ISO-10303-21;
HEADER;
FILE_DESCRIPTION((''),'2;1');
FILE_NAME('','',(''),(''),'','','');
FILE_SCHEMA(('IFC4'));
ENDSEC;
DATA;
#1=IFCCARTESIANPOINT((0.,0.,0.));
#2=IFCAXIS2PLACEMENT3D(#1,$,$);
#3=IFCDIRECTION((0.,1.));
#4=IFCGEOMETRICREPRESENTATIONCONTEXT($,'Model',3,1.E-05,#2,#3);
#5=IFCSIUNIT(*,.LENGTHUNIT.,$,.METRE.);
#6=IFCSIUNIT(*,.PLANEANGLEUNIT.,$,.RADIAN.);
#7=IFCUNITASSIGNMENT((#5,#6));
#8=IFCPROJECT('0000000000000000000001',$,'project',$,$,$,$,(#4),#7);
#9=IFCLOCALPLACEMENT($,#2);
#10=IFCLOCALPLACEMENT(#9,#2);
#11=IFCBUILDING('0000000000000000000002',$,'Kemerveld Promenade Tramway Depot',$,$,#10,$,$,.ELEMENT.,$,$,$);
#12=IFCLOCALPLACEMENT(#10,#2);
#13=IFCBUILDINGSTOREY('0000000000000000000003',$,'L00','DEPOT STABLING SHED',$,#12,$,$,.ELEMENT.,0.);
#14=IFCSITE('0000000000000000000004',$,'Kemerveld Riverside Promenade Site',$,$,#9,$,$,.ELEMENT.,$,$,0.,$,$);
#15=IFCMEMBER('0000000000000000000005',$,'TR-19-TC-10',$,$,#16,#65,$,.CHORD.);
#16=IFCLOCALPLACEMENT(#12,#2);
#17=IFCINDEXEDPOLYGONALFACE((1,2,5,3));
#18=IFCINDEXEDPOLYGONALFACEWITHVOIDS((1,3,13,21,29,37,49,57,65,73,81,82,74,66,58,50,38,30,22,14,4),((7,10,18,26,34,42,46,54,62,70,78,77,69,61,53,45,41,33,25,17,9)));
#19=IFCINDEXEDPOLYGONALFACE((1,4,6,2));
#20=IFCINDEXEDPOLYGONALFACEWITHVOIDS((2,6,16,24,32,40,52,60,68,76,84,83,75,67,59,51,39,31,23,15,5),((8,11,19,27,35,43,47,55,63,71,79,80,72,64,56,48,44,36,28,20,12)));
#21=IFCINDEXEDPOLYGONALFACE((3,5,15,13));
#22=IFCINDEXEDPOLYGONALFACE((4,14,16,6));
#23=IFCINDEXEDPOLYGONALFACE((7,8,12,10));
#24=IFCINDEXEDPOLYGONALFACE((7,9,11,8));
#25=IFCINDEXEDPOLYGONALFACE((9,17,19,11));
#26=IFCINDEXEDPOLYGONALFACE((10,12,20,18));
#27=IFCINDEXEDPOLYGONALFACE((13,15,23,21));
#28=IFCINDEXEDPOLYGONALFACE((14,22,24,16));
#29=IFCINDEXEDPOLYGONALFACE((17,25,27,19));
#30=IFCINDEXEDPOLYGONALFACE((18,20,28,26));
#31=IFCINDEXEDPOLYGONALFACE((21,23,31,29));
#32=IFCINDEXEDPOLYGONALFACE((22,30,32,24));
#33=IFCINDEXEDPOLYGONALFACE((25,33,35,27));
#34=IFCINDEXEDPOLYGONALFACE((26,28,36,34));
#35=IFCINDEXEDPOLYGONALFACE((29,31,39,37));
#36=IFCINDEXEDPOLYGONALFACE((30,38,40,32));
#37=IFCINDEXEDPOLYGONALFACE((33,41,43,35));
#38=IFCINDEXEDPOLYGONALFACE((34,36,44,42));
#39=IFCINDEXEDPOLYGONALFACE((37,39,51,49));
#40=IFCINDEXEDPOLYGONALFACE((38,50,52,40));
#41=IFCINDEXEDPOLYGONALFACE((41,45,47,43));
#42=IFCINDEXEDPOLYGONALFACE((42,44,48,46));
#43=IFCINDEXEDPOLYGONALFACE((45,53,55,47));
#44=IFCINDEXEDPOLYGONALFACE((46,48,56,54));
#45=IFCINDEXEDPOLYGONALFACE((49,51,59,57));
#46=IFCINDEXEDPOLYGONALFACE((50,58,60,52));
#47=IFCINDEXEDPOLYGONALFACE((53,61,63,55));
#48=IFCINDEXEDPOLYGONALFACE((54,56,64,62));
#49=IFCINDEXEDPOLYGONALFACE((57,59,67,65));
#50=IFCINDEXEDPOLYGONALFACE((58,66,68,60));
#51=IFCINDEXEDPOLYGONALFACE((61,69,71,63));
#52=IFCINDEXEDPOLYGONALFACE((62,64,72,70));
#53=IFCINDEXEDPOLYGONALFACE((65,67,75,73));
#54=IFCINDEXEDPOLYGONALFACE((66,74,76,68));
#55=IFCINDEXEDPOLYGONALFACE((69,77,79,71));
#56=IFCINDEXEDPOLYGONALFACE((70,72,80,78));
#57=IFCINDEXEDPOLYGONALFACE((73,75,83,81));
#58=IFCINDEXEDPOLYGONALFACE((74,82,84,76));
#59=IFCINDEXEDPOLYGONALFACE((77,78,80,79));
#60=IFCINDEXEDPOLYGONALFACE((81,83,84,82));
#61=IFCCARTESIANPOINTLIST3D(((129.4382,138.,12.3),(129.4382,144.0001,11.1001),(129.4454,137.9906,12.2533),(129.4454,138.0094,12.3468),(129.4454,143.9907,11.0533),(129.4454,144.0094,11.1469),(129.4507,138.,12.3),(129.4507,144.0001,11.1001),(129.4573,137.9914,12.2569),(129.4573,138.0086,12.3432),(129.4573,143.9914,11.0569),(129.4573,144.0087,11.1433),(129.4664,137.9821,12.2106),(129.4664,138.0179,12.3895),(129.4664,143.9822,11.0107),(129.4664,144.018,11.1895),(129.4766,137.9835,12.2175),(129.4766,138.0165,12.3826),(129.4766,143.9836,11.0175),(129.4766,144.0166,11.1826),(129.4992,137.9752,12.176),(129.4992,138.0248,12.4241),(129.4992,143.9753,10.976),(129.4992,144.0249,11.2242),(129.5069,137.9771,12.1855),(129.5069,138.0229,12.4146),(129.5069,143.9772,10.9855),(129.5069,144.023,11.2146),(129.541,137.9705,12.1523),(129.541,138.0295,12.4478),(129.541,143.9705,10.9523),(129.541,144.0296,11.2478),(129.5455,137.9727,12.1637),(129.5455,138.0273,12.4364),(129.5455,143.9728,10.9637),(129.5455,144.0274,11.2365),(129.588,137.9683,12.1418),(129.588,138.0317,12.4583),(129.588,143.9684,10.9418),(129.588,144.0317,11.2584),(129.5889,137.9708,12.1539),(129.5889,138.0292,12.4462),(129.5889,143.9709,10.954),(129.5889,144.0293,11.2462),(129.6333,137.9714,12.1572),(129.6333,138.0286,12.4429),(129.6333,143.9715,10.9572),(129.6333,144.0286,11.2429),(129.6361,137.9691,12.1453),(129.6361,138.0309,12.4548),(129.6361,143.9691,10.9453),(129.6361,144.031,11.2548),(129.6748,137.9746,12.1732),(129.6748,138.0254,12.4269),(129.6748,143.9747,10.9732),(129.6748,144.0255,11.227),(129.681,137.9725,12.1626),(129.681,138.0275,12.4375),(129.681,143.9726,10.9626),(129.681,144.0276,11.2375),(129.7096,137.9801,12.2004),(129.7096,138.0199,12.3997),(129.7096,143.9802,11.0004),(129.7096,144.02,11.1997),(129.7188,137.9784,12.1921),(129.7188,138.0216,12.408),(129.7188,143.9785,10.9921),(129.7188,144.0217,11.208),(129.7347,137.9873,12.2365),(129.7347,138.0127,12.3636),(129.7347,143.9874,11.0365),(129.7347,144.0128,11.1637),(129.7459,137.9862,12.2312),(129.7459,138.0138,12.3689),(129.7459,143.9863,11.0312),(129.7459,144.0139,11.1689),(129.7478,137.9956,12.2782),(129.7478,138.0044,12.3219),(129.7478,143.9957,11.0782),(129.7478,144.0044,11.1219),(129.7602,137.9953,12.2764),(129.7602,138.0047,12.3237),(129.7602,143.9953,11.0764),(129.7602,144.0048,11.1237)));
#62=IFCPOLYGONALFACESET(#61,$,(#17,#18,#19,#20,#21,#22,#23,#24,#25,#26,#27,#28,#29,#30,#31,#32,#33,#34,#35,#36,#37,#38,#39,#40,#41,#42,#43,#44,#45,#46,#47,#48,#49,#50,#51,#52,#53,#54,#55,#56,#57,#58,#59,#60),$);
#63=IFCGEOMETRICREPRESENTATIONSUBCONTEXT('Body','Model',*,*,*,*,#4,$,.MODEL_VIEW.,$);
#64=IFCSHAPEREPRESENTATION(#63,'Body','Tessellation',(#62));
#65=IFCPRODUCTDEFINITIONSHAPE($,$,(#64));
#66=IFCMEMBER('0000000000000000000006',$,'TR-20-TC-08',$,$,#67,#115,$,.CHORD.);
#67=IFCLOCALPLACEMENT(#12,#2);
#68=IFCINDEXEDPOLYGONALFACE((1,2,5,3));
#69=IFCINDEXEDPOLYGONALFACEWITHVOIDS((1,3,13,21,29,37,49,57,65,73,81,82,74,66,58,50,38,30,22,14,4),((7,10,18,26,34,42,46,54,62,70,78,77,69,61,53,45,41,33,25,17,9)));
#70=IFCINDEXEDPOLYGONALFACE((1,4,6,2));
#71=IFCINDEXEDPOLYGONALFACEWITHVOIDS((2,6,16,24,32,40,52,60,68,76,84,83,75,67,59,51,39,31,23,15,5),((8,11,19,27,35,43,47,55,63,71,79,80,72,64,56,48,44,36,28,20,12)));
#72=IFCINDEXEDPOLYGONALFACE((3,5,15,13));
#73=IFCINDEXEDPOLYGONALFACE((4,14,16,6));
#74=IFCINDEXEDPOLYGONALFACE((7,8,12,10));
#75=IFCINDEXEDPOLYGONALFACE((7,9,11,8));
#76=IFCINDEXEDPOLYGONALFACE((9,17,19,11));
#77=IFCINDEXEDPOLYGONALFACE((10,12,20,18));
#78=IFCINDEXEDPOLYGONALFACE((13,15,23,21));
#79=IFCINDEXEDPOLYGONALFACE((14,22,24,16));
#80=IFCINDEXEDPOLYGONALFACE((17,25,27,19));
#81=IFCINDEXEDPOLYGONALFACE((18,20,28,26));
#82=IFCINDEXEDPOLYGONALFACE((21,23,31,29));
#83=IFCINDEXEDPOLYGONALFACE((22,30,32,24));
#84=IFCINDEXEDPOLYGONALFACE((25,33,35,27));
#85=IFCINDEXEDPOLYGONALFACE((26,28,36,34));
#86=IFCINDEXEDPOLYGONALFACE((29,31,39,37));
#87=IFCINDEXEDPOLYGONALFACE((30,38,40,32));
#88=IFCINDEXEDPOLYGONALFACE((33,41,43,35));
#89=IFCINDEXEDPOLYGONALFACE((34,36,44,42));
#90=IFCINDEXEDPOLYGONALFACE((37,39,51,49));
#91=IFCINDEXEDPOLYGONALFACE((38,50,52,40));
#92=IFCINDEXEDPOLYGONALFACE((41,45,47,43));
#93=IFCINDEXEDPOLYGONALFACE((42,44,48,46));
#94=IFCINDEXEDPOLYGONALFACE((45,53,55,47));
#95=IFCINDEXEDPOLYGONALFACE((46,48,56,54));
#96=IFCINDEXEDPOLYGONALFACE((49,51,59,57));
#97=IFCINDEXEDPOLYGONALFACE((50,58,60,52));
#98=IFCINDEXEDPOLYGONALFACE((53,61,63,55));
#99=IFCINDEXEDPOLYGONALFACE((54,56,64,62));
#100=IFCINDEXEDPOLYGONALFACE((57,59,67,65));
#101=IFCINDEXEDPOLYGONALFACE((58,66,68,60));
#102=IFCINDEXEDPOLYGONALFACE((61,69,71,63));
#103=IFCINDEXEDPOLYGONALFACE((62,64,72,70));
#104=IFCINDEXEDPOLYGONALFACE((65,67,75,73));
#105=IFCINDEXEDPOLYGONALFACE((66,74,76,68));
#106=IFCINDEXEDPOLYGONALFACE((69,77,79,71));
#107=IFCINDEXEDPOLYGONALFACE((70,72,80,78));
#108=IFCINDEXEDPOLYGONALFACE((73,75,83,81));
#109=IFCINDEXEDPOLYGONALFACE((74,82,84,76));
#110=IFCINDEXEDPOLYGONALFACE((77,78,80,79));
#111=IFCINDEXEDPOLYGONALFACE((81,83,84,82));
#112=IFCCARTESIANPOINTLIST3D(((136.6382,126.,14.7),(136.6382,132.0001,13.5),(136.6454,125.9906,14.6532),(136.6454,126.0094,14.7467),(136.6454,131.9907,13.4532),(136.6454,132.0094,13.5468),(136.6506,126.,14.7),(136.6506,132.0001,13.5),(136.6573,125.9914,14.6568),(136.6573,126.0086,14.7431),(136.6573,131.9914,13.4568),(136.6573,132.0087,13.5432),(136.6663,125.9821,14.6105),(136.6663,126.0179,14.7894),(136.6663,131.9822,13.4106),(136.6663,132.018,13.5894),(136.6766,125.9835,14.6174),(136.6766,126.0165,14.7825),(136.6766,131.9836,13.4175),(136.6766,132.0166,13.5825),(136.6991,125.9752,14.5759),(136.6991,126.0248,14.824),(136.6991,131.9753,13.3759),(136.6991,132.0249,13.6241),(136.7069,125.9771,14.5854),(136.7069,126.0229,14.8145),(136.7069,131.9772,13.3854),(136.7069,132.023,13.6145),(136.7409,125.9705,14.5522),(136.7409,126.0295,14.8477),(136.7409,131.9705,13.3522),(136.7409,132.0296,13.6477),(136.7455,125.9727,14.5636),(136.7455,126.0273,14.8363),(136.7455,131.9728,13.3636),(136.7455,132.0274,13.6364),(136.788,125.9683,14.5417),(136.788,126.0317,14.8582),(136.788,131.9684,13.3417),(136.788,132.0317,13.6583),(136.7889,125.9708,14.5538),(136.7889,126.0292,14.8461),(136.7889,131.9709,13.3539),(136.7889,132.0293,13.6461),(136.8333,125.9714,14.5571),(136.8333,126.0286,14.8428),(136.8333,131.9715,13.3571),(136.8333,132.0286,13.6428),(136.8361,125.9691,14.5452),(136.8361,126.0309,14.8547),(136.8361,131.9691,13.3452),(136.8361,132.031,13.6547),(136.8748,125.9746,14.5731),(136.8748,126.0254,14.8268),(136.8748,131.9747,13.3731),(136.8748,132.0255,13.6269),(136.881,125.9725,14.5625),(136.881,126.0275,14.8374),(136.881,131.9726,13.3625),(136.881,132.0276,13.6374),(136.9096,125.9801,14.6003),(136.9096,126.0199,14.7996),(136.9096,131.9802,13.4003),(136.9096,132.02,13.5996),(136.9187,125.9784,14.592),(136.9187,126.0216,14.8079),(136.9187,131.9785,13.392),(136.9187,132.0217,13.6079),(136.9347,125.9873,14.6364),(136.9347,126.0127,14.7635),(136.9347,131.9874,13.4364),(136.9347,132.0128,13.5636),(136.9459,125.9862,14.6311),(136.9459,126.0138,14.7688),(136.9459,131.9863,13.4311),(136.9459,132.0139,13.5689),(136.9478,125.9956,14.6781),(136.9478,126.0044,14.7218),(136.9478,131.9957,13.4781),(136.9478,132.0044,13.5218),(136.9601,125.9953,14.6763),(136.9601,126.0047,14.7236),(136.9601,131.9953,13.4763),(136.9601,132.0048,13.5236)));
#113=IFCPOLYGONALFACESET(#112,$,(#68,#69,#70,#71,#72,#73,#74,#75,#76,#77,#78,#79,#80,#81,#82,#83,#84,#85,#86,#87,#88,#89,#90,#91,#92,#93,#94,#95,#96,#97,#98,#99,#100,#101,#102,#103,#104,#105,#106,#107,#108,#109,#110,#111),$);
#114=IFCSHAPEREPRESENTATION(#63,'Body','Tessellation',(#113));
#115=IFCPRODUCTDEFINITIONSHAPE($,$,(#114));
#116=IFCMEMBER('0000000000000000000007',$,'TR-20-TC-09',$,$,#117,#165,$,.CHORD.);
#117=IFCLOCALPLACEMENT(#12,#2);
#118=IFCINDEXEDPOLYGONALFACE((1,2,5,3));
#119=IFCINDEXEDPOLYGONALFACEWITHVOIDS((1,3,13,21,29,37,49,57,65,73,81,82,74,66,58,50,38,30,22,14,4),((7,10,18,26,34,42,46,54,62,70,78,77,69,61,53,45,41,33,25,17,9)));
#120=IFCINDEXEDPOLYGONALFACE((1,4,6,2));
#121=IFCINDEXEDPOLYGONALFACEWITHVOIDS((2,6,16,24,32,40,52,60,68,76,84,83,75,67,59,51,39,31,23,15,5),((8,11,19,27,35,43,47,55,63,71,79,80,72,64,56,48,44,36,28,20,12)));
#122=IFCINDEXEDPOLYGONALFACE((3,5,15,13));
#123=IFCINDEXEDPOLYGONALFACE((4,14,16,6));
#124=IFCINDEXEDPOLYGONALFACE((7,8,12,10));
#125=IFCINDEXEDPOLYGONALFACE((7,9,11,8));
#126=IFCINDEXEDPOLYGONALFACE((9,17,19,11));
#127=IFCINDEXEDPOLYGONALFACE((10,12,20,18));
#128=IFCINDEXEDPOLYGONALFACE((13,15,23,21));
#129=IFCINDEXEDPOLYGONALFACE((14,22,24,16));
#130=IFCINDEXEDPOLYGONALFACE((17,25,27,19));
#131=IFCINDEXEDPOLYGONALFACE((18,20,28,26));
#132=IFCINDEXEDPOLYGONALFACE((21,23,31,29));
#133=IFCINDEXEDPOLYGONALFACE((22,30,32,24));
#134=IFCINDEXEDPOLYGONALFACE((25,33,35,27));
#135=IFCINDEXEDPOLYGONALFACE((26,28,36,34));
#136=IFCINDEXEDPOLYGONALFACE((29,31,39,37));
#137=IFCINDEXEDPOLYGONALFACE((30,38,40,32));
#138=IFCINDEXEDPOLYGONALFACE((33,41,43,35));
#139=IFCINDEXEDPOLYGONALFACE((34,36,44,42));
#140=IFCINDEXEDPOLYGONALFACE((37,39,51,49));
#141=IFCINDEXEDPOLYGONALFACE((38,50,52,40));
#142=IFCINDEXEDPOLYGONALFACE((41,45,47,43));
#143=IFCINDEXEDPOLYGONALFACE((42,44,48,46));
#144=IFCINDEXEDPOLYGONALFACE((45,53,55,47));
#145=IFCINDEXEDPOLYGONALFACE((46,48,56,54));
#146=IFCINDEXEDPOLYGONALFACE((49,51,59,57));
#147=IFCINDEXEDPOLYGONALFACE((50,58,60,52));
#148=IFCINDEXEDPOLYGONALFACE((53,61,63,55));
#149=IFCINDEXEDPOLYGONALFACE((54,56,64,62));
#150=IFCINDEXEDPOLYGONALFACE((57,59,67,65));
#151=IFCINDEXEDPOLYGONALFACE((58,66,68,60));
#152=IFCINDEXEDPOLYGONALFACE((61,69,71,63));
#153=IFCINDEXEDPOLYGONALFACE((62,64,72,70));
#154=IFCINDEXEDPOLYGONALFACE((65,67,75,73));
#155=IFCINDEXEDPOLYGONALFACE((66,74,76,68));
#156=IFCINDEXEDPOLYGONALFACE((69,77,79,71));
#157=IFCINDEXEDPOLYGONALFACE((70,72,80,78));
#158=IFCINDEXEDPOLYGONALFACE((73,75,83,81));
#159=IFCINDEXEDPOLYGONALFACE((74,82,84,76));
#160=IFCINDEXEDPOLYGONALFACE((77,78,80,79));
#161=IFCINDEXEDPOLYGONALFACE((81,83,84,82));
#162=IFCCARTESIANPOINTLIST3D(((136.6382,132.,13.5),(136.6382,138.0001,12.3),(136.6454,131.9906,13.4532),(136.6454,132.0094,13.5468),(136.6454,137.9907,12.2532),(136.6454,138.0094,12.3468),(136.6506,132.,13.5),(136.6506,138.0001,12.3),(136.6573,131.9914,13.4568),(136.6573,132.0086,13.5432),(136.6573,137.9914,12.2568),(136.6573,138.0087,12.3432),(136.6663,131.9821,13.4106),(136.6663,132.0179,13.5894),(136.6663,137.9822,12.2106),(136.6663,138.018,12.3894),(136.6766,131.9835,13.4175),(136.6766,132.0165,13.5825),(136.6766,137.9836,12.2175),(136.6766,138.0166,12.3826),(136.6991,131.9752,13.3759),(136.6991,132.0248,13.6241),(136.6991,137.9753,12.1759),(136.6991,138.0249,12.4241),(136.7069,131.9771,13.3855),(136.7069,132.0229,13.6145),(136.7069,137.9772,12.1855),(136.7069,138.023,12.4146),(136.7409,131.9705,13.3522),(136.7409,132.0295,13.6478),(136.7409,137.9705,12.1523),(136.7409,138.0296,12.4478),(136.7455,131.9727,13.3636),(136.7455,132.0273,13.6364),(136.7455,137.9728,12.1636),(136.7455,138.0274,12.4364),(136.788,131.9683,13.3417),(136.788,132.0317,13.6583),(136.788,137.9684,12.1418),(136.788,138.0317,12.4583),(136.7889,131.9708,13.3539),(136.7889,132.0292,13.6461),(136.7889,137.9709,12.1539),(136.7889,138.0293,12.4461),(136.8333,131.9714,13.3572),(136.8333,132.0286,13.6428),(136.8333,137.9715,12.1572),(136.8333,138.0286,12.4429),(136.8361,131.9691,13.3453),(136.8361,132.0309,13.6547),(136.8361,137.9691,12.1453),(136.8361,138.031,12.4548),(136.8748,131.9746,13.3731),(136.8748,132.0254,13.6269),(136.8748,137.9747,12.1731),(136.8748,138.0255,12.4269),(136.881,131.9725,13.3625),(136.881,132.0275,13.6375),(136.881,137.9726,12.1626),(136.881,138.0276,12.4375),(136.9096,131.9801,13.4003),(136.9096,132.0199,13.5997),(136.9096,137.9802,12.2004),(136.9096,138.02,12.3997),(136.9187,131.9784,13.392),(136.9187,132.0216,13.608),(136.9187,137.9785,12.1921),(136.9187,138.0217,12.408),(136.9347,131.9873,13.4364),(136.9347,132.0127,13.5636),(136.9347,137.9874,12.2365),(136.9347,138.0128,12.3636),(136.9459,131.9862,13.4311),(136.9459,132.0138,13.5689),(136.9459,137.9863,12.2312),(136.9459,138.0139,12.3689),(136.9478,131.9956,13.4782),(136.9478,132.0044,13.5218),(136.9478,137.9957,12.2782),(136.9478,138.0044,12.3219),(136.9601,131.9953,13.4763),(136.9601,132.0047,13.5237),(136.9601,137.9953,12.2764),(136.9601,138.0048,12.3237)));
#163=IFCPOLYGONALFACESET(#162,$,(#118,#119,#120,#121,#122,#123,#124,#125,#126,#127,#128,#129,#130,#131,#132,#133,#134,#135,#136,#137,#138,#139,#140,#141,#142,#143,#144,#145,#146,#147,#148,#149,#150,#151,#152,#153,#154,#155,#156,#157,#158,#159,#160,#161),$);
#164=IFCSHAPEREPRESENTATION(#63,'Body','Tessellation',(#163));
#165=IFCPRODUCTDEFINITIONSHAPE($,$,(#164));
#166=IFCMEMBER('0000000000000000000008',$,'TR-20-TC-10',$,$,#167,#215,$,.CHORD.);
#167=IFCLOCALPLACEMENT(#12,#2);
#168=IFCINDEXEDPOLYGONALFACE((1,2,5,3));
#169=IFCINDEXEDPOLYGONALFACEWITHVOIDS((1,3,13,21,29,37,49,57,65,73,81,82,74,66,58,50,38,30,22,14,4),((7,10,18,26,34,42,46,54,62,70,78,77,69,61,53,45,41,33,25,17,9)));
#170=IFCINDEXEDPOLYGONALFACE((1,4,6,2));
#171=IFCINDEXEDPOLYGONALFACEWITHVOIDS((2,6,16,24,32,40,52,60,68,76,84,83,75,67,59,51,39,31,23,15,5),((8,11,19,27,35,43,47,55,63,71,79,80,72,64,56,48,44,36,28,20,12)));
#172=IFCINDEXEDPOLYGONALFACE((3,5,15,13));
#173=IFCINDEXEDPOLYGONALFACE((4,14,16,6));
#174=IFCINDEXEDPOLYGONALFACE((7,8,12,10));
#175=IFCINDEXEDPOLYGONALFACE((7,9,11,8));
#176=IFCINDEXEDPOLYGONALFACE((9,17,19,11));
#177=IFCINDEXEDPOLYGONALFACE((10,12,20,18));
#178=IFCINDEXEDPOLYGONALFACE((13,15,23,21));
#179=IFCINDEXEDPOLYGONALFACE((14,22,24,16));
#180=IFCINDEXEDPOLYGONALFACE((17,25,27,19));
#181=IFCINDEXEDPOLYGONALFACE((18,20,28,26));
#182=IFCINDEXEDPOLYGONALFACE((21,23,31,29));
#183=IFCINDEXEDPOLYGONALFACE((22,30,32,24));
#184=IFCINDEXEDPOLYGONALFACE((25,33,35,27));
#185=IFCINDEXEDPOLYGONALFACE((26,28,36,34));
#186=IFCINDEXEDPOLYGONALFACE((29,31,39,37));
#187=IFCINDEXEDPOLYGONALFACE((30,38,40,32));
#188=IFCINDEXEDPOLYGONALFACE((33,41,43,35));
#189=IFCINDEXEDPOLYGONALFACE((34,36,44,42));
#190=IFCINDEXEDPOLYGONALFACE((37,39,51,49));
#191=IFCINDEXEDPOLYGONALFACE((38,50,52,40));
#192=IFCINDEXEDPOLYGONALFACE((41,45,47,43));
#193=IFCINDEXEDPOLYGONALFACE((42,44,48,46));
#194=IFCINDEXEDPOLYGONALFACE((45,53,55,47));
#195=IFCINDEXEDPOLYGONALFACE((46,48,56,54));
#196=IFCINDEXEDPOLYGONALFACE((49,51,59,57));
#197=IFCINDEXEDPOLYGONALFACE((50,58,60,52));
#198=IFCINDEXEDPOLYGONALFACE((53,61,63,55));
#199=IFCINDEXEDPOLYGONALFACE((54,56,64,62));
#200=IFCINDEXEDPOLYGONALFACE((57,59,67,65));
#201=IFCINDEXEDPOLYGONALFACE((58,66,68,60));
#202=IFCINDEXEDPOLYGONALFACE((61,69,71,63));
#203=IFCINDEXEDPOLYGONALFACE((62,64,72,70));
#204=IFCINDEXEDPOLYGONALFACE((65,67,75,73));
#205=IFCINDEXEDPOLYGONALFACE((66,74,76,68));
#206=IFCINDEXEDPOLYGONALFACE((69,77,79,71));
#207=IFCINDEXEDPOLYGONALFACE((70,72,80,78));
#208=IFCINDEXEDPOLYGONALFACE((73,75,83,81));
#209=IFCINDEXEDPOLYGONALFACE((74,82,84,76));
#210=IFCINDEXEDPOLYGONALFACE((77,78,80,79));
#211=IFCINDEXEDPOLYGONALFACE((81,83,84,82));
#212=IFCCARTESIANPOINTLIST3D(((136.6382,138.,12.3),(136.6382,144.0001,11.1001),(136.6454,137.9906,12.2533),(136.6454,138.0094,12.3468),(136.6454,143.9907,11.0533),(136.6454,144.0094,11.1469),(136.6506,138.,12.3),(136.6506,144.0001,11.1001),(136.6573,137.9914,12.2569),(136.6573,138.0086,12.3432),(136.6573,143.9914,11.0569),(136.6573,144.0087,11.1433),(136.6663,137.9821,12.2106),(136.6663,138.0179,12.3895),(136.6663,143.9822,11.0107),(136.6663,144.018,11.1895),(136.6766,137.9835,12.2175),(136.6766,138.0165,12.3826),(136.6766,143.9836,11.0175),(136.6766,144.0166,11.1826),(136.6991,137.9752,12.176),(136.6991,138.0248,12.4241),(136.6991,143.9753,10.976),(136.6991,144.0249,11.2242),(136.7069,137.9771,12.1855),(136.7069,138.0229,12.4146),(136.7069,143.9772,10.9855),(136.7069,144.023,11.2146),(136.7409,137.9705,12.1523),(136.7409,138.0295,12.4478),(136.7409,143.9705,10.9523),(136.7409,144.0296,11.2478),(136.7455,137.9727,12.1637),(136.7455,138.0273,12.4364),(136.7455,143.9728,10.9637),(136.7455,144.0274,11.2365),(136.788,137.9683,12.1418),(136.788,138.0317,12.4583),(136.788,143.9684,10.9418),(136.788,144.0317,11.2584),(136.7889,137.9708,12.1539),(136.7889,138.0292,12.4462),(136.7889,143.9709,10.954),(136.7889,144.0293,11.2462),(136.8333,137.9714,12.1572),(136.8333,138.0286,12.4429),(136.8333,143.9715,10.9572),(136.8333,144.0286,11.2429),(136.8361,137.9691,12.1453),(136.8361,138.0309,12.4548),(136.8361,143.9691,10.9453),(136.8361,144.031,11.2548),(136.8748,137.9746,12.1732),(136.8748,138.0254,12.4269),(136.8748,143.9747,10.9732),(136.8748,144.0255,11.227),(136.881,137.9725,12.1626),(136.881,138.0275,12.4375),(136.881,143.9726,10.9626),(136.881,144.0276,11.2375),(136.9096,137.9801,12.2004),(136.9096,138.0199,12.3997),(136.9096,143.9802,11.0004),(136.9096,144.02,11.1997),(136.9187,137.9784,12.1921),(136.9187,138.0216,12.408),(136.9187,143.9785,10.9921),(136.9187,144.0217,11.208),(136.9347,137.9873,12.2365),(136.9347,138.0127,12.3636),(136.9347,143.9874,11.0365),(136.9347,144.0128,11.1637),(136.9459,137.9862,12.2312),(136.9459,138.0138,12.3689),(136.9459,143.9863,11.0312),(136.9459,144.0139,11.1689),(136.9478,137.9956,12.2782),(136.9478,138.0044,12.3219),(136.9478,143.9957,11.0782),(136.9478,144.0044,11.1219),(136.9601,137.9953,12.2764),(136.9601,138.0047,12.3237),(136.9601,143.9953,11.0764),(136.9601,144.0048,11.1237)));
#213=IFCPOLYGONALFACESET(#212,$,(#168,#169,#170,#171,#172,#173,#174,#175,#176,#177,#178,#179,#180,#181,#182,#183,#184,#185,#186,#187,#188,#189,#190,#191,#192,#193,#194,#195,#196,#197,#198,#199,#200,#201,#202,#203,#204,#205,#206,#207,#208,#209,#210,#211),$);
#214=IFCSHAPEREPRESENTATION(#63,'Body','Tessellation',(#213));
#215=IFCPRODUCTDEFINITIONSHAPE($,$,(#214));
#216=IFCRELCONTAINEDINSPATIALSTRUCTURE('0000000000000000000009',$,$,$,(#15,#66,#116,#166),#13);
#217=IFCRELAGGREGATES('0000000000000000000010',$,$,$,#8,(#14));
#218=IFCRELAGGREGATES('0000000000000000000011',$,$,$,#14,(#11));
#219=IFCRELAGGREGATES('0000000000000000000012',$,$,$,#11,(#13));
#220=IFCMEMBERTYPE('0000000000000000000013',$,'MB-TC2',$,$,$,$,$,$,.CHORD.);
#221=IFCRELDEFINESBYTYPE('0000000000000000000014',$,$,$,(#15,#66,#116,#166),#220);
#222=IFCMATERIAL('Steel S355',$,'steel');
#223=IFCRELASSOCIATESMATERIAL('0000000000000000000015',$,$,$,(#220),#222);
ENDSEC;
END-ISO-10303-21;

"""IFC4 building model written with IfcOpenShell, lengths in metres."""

from ifc_helpers import new_model, si_unit, direction, frame, origin, origin_2d, place, context, subcontext, project, spatial, hollow_circle, extrude, material, material_profile, profile_set, type_object, element, save


model = new_model("IFC4")

# Units and contexts
model_context = context("Model", 3, precision=1e-05, world=origin(), true_north=direction((0.0, 1.0)))
body_context = subcontext(model_context, "Body", "Model", "MODEL_VIEW")
ifc_project = project(units=[si_unit("LENGTHUNIT", "METRE"), si_unit("PLANEANGLEUNIT", "RADIAN")], contexts=[model_context])

# Site, building, storey
site_placement = place(None, origin())
site = spatial("IfcSite", under=ifc_project, at=site_placement, Name="Kemerveld Riverside Promenade Site", CompositionType="ELEMENT", RefElevation=0.0)
building_placement = place(site_placement, origin())
building = spatial("IfcBuilding", under=site, at=building_placement, Name="Kemerveld Promenade Tramway Depot", CompositionType="ELEMENT")
storey_placement = place(building_placement, origin())
storey = spatial("IfcBuildingStorey", under=building, at=storey_placement, Name="L00", Description="DEPOT STABLING SHED", CompositionType="ELEMENT", Elevation=0.0)

# Members
ifc_material = material(Name="Steel S355", Category="steel")
ifc_material_profile_1 = material_profile(ifc_material, hollow_circle(Radius=0.1619, WallThickness=0.0125, at=origin_2d()), Name="323.9x12.5 CHS")
ifc_profile_set_1 = profile_set([ifc_material_profile_1], Name="Steel S355")
member_type_1 = type_object("IfcMemberType", Name="MB-TC2", PredefinedType="CHORD", material=ifc_profile_set_1)
for number, where, z_axis, x_axis, name in (
    (1, (129.6001, 138.0, 12.3), (0.0, 0.980582, -0.196108), (-1.0, 0.0, 0.0), "TR-19-TC-10"),
    (2, (136.8, 126.0, 14.7), (0.0, 0.980582, -0.196108), (-1.0, 0.0, 0.0), "TR-20-TC-08"),
    (3, (136.8, 132.0, 13.5), (0.0, 0.980582, -0.196108), (-1.0, 0.0, 0.0), "TR-20-TC-09"),
    (4, (136.8, 138.0, 12.3), (0.0, 0.980582, -0.196108), (-1.0, 0.0, 0.0), "TR-20-TC-10"),
):
    element("IfcMember", number, at=place(storey_placement, frame(where, z_axis=z_axis, x_axis=x_axis)), inside=storey, type_object=member_type_1, Name=name, PredefinedType="CHORD", context=body_context, shape_type="SweptSolid", body=[
        extrude(hollow_circle(Radius=0.1619, WallThickness=0.0125, at=origin_2d()), origin(), (0.0, 0.0, 1.0), 6.1189),
    ])

save(model, "model.ifc")
